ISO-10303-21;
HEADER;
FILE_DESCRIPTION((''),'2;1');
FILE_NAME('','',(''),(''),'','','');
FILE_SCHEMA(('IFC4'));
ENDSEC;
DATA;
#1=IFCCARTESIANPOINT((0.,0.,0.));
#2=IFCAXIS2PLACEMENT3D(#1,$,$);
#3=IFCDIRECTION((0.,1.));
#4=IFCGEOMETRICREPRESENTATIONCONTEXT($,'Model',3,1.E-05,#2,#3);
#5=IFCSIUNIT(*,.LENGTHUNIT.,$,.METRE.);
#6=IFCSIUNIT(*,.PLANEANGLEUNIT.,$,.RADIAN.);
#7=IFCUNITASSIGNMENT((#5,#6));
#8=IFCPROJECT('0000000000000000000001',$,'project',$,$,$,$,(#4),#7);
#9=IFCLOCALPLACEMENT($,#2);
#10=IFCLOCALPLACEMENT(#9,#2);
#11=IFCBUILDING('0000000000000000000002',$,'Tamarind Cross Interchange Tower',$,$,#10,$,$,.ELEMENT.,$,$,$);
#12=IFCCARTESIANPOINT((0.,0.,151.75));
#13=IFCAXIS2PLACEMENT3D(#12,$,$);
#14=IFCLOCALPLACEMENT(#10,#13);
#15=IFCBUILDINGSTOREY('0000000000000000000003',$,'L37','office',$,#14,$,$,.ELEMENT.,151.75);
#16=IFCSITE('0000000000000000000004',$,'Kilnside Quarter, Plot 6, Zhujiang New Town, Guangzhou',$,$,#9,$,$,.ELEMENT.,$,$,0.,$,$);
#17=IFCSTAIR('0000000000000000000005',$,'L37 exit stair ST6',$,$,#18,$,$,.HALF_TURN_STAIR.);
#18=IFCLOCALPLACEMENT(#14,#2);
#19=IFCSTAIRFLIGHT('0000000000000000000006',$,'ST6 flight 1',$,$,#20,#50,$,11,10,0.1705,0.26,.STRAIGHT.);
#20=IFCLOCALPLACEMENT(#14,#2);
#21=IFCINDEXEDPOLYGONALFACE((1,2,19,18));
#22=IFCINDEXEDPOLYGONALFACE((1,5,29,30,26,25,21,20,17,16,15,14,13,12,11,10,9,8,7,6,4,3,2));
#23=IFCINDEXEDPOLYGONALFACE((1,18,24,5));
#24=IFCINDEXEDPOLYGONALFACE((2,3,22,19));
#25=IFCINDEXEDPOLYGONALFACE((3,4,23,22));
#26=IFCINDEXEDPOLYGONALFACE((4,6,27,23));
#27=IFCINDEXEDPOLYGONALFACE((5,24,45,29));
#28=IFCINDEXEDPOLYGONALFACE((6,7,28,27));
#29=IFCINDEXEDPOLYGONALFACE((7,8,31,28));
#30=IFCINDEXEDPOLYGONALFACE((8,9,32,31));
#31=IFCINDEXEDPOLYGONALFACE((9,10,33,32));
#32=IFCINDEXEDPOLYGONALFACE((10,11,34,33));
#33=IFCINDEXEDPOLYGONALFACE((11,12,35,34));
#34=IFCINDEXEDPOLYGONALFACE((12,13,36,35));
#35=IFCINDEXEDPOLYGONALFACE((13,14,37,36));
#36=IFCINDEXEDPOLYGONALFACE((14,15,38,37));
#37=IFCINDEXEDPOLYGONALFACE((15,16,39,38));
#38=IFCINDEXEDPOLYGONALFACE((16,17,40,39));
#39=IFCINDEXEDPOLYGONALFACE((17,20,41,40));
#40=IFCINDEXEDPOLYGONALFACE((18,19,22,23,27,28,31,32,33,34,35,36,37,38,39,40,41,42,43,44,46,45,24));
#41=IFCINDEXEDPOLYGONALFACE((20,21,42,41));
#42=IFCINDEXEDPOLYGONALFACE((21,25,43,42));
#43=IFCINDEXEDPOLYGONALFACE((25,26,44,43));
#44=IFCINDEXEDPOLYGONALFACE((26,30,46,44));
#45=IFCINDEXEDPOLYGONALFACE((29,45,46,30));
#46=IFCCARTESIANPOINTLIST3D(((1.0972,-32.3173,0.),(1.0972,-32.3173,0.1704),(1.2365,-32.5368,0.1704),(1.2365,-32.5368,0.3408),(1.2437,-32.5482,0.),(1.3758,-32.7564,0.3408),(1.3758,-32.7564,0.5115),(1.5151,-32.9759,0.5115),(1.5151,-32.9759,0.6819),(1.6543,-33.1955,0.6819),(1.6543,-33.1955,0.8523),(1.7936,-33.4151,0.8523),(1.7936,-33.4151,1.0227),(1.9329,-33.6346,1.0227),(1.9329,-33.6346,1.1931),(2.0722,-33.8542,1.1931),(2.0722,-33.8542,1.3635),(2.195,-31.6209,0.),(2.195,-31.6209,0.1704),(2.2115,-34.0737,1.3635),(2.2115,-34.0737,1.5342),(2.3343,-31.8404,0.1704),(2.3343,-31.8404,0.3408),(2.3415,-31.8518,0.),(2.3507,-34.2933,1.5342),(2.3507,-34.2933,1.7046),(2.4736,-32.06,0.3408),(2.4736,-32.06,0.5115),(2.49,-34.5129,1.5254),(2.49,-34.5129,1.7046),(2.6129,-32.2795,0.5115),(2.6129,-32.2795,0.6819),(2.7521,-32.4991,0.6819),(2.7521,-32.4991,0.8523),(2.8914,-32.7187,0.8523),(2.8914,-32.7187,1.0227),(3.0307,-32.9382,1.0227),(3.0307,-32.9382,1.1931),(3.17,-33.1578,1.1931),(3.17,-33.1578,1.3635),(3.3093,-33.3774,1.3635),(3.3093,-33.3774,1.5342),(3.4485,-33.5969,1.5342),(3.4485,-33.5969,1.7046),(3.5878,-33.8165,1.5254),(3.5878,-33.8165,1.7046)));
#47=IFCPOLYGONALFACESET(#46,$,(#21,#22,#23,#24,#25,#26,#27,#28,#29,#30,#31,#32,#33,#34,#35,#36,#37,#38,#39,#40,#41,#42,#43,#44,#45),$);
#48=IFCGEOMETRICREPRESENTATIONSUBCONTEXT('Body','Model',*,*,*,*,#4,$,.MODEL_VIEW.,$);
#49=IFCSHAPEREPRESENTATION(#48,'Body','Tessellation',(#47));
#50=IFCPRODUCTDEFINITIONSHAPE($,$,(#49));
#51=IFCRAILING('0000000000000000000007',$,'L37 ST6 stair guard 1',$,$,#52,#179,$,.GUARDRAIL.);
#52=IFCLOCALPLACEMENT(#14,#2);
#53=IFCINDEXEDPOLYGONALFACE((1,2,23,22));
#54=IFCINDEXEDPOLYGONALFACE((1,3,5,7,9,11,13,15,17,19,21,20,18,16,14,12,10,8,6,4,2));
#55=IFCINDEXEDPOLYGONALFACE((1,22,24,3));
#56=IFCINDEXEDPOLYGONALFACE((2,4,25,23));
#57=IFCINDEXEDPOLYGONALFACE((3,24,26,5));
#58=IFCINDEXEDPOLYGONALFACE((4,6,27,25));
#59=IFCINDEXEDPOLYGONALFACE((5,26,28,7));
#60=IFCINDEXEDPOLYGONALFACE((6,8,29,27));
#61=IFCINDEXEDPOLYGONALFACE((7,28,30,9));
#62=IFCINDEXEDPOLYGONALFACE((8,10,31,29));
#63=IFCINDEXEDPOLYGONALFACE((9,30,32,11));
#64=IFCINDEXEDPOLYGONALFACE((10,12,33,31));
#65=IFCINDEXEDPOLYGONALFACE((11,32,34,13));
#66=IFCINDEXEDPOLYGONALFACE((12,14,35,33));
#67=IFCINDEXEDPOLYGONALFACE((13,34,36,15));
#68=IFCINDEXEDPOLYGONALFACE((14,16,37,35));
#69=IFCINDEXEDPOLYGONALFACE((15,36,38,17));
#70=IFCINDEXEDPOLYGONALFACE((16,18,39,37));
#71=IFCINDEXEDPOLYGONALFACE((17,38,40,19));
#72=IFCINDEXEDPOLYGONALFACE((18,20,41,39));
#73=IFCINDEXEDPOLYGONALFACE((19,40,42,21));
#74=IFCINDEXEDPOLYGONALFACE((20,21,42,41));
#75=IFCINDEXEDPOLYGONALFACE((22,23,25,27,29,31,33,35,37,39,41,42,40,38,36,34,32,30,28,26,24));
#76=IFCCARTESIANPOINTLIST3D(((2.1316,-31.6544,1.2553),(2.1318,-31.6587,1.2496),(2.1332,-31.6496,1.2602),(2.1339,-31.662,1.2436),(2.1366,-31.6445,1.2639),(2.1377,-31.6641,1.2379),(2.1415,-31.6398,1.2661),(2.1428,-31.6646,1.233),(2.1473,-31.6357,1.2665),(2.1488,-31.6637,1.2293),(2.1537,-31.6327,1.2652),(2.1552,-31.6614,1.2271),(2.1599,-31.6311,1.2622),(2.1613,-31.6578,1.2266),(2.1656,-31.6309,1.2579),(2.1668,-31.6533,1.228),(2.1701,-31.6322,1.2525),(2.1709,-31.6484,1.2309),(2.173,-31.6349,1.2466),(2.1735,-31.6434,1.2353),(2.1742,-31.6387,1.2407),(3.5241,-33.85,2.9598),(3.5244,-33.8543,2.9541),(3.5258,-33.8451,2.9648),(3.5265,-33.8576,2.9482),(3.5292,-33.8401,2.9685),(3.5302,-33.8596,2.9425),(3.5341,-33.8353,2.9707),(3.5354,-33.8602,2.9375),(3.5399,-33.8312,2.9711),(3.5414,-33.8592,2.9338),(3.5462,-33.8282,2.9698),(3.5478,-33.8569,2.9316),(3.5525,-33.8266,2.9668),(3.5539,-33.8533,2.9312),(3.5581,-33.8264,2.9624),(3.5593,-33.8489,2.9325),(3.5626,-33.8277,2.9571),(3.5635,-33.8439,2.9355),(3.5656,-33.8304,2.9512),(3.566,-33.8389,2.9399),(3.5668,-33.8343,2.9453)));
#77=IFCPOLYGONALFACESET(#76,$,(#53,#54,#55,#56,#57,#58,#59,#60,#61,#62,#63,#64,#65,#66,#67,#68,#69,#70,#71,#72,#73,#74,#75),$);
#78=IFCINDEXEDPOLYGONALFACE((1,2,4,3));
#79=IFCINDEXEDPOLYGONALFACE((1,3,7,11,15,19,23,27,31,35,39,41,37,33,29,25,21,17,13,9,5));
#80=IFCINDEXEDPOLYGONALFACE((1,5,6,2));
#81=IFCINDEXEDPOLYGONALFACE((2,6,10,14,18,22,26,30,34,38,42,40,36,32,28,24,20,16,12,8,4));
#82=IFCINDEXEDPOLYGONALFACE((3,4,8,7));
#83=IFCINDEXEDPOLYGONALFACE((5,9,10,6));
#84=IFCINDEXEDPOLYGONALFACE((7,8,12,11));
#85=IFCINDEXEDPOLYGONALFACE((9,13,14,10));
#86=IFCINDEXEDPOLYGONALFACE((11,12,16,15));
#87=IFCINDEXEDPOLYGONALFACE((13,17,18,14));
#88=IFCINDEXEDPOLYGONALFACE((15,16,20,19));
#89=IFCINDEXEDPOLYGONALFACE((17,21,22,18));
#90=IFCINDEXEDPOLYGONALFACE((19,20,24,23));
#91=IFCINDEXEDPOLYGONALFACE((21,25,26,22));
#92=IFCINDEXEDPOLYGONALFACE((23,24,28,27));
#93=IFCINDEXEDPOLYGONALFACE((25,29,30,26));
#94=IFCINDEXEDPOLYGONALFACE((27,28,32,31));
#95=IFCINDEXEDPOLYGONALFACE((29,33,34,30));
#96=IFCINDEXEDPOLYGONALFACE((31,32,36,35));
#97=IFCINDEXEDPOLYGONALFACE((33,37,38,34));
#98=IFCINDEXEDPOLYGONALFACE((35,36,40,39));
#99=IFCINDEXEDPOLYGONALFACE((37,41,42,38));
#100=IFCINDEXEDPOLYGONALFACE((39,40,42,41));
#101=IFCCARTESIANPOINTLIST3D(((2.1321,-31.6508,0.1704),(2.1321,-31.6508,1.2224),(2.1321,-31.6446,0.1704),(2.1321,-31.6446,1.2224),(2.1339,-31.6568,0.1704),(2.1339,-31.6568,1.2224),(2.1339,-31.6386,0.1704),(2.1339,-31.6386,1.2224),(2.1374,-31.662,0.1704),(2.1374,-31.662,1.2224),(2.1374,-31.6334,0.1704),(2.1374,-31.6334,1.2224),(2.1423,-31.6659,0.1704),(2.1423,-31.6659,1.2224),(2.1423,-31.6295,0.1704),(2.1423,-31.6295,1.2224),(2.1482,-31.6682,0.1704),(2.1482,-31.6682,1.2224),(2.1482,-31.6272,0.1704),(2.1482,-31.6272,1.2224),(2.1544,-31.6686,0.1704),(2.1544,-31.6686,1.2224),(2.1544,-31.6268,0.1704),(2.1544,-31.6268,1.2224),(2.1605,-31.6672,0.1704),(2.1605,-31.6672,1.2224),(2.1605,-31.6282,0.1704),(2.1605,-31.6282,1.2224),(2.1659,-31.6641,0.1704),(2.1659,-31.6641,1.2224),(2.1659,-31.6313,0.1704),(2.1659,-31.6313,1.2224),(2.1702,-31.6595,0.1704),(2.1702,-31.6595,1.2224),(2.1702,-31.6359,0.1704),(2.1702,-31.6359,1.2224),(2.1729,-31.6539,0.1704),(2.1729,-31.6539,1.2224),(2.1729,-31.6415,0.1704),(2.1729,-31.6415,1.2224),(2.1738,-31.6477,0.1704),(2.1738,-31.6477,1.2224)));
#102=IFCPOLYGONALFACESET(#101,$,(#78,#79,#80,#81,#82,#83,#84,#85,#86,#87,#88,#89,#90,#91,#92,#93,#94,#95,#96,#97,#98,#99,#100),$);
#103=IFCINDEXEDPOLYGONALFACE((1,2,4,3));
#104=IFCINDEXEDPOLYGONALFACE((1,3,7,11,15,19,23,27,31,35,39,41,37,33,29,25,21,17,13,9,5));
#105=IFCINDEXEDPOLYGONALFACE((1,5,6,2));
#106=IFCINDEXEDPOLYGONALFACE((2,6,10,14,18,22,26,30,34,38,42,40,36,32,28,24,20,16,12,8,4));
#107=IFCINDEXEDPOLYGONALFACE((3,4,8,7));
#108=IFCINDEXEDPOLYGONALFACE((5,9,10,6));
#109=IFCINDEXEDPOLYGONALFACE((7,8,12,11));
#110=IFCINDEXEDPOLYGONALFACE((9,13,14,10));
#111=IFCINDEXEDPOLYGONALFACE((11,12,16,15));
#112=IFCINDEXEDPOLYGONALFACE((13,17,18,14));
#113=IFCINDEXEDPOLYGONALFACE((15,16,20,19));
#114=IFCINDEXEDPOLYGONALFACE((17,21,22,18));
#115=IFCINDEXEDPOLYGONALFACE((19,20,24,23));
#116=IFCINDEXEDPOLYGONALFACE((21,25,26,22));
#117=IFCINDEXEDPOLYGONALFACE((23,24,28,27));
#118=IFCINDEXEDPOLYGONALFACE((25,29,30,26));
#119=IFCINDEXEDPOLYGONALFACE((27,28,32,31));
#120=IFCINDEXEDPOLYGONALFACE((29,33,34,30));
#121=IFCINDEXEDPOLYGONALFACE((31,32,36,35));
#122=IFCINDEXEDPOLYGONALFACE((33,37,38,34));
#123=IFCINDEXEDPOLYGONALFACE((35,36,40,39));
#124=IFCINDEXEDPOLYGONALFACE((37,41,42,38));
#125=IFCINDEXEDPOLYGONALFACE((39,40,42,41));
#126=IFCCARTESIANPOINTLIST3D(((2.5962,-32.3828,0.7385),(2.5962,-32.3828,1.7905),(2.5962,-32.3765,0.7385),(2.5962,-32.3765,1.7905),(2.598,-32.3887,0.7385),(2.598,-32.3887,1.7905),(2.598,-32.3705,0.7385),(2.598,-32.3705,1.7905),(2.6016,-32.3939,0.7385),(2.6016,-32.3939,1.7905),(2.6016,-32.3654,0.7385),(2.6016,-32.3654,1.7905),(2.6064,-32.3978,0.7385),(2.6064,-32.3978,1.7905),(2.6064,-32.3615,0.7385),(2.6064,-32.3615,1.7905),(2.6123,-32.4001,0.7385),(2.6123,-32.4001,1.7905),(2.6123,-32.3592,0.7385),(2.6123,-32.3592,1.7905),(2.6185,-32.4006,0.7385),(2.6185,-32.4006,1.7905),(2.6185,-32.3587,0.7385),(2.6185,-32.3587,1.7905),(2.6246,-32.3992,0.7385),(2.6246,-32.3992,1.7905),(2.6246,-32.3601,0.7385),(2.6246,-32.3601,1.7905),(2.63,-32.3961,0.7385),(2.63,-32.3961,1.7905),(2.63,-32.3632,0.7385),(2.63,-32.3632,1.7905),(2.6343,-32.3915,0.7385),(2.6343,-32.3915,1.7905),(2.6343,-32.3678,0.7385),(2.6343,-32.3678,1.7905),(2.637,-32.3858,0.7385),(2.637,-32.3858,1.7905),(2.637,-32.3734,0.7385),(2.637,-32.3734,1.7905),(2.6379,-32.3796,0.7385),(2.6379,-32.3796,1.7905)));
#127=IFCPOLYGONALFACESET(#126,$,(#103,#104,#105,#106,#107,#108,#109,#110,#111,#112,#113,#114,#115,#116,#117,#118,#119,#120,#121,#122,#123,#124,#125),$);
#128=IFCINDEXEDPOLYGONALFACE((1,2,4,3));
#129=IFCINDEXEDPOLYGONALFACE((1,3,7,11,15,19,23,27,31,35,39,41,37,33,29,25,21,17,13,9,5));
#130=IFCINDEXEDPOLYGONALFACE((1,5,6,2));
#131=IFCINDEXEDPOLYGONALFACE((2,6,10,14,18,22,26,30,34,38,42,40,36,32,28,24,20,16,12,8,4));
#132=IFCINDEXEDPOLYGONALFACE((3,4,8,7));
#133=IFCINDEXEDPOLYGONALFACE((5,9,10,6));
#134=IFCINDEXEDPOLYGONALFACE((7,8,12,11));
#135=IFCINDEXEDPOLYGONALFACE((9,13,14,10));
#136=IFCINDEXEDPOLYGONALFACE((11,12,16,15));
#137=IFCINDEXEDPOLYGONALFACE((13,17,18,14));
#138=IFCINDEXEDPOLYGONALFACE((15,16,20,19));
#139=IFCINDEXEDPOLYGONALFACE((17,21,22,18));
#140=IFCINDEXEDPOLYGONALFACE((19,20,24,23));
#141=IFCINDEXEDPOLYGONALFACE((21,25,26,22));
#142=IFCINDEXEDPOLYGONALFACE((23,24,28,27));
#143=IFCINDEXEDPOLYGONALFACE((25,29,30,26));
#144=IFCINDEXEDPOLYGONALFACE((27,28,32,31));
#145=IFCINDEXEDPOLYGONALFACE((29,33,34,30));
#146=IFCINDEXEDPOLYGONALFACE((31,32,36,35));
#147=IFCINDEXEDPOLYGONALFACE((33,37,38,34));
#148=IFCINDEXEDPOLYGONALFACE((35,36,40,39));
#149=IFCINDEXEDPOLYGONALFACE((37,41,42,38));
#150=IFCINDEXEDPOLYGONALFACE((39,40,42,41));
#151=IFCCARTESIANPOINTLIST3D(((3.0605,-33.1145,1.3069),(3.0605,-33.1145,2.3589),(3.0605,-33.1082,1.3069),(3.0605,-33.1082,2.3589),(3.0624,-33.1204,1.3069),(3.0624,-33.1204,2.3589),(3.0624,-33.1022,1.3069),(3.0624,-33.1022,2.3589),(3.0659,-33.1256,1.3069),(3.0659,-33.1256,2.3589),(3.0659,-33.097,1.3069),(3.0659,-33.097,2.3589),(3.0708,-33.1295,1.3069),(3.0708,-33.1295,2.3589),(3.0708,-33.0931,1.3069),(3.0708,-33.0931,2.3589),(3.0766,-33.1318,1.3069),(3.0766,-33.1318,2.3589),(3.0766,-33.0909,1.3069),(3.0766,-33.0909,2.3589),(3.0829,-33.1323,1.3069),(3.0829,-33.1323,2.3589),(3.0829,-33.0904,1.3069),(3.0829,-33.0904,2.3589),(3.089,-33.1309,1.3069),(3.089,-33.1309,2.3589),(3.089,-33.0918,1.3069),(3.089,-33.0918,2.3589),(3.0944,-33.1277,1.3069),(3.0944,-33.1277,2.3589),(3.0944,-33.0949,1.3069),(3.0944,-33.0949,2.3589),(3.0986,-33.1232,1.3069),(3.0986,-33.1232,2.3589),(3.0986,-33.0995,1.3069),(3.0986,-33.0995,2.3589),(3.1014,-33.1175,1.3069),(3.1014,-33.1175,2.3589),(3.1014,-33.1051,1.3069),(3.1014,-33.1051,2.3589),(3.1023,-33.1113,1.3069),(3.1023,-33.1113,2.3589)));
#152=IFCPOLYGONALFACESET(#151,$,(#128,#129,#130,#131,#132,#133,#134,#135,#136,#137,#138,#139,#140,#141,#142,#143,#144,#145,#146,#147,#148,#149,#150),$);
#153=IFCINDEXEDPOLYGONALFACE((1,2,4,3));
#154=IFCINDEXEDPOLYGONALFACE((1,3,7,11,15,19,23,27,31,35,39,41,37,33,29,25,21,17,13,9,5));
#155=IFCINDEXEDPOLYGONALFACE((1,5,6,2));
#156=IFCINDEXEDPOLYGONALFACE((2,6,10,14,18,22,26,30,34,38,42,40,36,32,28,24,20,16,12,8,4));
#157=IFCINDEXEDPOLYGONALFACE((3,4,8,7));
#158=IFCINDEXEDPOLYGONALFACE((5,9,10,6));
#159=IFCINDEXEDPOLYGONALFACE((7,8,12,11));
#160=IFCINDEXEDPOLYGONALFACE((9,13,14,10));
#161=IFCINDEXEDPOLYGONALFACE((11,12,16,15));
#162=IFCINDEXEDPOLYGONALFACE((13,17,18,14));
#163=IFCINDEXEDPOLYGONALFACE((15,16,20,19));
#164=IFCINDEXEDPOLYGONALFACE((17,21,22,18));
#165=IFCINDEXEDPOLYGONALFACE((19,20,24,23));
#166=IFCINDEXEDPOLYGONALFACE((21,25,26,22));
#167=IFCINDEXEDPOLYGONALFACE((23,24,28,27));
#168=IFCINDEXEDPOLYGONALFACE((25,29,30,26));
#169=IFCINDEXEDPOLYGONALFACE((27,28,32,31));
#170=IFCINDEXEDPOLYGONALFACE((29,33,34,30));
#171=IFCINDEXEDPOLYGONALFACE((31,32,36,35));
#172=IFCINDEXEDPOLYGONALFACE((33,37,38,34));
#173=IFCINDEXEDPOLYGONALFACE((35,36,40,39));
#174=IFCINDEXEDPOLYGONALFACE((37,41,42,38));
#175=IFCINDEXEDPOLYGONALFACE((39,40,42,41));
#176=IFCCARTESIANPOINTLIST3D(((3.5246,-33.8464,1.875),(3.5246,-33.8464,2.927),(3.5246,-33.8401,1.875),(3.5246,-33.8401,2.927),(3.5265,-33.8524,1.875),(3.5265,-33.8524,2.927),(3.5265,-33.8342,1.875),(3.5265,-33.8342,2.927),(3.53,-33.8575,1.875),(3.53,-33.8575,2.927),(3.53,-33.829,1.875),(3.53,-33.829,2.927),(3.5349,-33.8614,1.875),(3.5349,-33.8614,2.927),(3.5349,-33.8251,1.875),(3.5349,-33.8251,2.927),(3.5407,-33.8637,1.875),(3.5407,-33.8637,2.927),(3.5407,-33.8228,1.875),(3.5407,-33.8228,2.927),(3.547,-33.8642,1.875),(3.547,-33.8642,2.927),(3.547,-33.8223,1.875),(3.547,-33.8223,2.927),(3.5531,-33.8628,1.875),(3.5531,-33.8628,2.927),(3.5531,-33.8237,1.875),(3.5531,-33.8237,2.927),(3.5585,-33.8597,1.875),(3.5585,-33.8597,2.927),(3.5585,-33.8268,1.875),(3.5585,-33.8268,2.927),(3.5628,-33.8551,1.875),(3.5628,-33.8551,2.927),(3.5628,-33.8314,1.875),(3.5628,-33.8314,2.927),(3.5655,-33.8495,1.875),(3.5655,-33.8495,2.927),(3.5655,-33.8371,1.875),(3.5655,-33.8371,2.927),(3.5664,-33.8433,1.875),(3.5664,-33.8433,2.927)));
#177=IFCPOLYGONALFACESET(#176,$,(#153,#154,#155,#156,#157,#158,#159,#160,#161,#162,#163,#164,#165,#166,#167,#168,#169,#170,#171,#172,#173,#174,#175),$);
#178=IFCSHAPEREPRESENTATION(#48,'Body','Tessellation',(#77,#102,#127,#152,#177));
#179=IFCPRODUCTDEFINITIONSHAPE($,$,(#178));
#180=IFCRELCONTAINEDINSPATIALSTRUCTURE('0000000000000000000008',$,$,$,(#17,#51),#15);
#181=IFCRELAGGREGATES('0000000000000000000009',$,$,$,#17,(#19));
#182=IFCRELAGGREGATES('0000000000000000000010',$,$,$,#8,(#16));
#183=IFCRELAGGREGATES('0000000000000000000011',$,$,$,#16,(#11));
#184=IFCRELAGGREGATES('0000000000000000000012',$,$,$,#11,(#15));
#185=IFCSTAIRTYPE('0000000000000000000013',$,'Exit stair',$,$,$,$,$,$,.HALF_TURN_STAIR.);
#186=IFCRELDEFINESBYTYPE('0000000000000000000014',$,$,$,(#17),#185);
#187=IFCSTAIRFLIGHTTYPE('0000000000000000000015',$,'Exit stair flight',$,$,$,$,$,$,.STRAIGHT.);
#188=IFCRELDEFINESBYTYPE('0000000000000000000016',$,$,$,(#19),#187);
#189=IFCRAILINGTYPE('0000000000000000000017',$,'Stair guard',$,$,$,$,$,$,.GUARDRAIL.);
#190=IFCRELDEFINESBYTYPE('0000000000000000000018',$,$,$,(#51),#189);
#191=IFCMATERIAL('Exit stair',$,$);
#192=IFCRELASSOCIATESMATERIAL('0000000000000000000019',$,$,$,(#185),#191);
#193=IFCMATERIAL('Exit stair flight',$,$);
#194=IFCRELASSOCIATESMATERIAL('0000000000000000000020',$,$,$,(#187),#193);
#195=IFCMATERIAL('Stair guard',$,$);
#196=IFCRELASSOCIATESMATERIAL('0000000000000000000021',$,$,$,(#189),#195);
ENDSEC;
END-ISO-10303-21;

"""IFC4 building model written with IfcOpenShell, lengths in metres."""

from ifc_helpers import new_model, si_unit, direction, frame, origin, origin_2d, place, context, subcontext, project, spatial, polyline, circle, outline, extrude, material, type_object, element, aggregate, save


model = new_model("IFC4")

# Units and contexts
model_context = context("Model", 3, precision=1e-05, world=origin(), true_north=direction((0.0, 1.0)))
body_context = subcontext(model_context, "Body", "Model", "MODEL_VIEW")
ifc_project = project(units=[si_unit("LENGTHUNIT", "METRE"), si_unit("PLANEANGLEUNIT", "RADIAN")], contexts=[model_context])

# Site, building, storey
site_placement = place(None, origin())
site = spatial("IfcSite", under=ifc_project, at=site_placement, Name="Kilnside Quarter, Plot 6, Zhujiang New Town, Guangzhou", CompositionType="ELEMENT", RefElevation=0.0)
building_placement = place(site_placement, origin())
building = spatial("IfcBuilding", under=site, at=building_placement, Name="Tamarind Cross Interchange Tower", CompositionType="ELEMENT")
storey_placement = place(building_placement, frame((0.0, 0.0, 151.75)))
storey = spatial("IfcBuildingStorey", under=building, at=storey_placement, Name="L37", Description="office", CompositionType="ELEMENT", Elevation=151.75)

# Stair, stair flight
ifc_material_1 = material(Name="Exit stair")
stair_type = type_object("IfcStairType", Name="Exit stair", PredefinedType="HALF_TURN_STAIR", material=ifc_material_1)
stair_placement = place(storey_placement, origin())
stair = element("IfcStair", 1, at=stair_placement, inside=storey, type_object=stair_type, Name="L37 exit stair ST6", PredefinedType="HALF_TURN_STAIR")
ifc_material_2 = material(Name="Exit stair flight")
stair_flight_type = type_object("IfcStairFlightType", Name="Exit stair flight", PredefinedType="STRAIGHT", material=ifc_material_2)
stair_flight_placement = place(storey_placement, frame((1.6462, -31.969, 0.0), z_axis=(0.0, 0.0, 1.0), x_axis=(0.535662, -0.844433, 0.0)))
stair_flight = element("IfcStairFlight", 2, at=stair_flight_placement, type_object=stair_flight_type, Name="ST6 flight 1", NumberOfRisers=11, NumberOfTreads=10, PredefinedType="STRAIGHT", RiserHeight=0.1705, TreadLength=0.26, context=body_context, shape_type="SweptSolid", body=[
    extrude(outline(polyline([(0.0, 0.0), (0.0, 0.1704), (0.26, 0.1704), (0.26, 0.3408), (0.52, 0.3408), (0.52, 0.5115), (0.78, 0.5115), (0.78, 0.6819), (1.04, 0.6819), (1.04, 0.8523), (1.3, 0.8523), (1.3, 1.0227), (1.5601, 1.0227), (1.5601, 1.1931), (1.8201, 1.1931), (1.8201, 1.3635), (2.0801, 1.3635), (2.0801, 1.5342), (2.3401, 1.5342), (2.3401, 1.7046), (2.6001, 1.7046), (2.6001, 1.875), (2.6001, 1.5254), (0.2734, 0.0), (0.0, 0.0)])), frame((0.0, 0.6499, 0.0), z_axis=(0.0, -1.0, 0.0), x_axis=(1.0, 0.0, 0.0)), (0.0, 0.0, 1.0), 1.3),
])
aggregate(stair, [stair_flight])

# Railing
ifc_material_3 = material(Name="Stair guard")
railing_type = type_object("IfcRailingType", Name="Stair guard", PredefinedType="GUARDRAIL", material=ifc_material_3)
railing_1_placement = place(storey_placement, frame((2.1528, -31.6477, 0.1704)))
element("IfcRailing", 3, at=railing_1_placement, inside=storey, type_object=railing_type, Name="L37 ST6 stair guard 1", PredefinedType="GUARDRAIL", context=body_context, shape_type="SweptSolid", body=[
    extrude(circle(Radius=0.0239, at=origin_2d()), frame((0.0, 0.0, 1.0762), z_axis=(0.44793, -0.706213, 0.54829), x_axis=(0.844461, 0.535617, 0.0)), (0.0, 0.0, 1.0), 3.1089),
    extrude(circle(Radius=0.021, at=origin_2d()), origin(), (0.0, 0.0, 1.0), 1.052),
    extrude(circle(Radius=0.021, at=origin_2d()), frame((0.4641, -0.7319, 0.5681)), (0.0, 0.0, 1.0), 1.052),
    extrude(circle(Radius=0.021, at=origin_2d()), frame((0.9285, -1.4636, 1.1365)), (0.0, 0.0, 1.0), 1.052),
    extrude(circle(Radius=0.021, at=origin_2d()), frame((1.3926, -2.1956, 1.7046)), (0.0, 0.0, 1.0), 1.052),
])

save(model, "model.ifc")
